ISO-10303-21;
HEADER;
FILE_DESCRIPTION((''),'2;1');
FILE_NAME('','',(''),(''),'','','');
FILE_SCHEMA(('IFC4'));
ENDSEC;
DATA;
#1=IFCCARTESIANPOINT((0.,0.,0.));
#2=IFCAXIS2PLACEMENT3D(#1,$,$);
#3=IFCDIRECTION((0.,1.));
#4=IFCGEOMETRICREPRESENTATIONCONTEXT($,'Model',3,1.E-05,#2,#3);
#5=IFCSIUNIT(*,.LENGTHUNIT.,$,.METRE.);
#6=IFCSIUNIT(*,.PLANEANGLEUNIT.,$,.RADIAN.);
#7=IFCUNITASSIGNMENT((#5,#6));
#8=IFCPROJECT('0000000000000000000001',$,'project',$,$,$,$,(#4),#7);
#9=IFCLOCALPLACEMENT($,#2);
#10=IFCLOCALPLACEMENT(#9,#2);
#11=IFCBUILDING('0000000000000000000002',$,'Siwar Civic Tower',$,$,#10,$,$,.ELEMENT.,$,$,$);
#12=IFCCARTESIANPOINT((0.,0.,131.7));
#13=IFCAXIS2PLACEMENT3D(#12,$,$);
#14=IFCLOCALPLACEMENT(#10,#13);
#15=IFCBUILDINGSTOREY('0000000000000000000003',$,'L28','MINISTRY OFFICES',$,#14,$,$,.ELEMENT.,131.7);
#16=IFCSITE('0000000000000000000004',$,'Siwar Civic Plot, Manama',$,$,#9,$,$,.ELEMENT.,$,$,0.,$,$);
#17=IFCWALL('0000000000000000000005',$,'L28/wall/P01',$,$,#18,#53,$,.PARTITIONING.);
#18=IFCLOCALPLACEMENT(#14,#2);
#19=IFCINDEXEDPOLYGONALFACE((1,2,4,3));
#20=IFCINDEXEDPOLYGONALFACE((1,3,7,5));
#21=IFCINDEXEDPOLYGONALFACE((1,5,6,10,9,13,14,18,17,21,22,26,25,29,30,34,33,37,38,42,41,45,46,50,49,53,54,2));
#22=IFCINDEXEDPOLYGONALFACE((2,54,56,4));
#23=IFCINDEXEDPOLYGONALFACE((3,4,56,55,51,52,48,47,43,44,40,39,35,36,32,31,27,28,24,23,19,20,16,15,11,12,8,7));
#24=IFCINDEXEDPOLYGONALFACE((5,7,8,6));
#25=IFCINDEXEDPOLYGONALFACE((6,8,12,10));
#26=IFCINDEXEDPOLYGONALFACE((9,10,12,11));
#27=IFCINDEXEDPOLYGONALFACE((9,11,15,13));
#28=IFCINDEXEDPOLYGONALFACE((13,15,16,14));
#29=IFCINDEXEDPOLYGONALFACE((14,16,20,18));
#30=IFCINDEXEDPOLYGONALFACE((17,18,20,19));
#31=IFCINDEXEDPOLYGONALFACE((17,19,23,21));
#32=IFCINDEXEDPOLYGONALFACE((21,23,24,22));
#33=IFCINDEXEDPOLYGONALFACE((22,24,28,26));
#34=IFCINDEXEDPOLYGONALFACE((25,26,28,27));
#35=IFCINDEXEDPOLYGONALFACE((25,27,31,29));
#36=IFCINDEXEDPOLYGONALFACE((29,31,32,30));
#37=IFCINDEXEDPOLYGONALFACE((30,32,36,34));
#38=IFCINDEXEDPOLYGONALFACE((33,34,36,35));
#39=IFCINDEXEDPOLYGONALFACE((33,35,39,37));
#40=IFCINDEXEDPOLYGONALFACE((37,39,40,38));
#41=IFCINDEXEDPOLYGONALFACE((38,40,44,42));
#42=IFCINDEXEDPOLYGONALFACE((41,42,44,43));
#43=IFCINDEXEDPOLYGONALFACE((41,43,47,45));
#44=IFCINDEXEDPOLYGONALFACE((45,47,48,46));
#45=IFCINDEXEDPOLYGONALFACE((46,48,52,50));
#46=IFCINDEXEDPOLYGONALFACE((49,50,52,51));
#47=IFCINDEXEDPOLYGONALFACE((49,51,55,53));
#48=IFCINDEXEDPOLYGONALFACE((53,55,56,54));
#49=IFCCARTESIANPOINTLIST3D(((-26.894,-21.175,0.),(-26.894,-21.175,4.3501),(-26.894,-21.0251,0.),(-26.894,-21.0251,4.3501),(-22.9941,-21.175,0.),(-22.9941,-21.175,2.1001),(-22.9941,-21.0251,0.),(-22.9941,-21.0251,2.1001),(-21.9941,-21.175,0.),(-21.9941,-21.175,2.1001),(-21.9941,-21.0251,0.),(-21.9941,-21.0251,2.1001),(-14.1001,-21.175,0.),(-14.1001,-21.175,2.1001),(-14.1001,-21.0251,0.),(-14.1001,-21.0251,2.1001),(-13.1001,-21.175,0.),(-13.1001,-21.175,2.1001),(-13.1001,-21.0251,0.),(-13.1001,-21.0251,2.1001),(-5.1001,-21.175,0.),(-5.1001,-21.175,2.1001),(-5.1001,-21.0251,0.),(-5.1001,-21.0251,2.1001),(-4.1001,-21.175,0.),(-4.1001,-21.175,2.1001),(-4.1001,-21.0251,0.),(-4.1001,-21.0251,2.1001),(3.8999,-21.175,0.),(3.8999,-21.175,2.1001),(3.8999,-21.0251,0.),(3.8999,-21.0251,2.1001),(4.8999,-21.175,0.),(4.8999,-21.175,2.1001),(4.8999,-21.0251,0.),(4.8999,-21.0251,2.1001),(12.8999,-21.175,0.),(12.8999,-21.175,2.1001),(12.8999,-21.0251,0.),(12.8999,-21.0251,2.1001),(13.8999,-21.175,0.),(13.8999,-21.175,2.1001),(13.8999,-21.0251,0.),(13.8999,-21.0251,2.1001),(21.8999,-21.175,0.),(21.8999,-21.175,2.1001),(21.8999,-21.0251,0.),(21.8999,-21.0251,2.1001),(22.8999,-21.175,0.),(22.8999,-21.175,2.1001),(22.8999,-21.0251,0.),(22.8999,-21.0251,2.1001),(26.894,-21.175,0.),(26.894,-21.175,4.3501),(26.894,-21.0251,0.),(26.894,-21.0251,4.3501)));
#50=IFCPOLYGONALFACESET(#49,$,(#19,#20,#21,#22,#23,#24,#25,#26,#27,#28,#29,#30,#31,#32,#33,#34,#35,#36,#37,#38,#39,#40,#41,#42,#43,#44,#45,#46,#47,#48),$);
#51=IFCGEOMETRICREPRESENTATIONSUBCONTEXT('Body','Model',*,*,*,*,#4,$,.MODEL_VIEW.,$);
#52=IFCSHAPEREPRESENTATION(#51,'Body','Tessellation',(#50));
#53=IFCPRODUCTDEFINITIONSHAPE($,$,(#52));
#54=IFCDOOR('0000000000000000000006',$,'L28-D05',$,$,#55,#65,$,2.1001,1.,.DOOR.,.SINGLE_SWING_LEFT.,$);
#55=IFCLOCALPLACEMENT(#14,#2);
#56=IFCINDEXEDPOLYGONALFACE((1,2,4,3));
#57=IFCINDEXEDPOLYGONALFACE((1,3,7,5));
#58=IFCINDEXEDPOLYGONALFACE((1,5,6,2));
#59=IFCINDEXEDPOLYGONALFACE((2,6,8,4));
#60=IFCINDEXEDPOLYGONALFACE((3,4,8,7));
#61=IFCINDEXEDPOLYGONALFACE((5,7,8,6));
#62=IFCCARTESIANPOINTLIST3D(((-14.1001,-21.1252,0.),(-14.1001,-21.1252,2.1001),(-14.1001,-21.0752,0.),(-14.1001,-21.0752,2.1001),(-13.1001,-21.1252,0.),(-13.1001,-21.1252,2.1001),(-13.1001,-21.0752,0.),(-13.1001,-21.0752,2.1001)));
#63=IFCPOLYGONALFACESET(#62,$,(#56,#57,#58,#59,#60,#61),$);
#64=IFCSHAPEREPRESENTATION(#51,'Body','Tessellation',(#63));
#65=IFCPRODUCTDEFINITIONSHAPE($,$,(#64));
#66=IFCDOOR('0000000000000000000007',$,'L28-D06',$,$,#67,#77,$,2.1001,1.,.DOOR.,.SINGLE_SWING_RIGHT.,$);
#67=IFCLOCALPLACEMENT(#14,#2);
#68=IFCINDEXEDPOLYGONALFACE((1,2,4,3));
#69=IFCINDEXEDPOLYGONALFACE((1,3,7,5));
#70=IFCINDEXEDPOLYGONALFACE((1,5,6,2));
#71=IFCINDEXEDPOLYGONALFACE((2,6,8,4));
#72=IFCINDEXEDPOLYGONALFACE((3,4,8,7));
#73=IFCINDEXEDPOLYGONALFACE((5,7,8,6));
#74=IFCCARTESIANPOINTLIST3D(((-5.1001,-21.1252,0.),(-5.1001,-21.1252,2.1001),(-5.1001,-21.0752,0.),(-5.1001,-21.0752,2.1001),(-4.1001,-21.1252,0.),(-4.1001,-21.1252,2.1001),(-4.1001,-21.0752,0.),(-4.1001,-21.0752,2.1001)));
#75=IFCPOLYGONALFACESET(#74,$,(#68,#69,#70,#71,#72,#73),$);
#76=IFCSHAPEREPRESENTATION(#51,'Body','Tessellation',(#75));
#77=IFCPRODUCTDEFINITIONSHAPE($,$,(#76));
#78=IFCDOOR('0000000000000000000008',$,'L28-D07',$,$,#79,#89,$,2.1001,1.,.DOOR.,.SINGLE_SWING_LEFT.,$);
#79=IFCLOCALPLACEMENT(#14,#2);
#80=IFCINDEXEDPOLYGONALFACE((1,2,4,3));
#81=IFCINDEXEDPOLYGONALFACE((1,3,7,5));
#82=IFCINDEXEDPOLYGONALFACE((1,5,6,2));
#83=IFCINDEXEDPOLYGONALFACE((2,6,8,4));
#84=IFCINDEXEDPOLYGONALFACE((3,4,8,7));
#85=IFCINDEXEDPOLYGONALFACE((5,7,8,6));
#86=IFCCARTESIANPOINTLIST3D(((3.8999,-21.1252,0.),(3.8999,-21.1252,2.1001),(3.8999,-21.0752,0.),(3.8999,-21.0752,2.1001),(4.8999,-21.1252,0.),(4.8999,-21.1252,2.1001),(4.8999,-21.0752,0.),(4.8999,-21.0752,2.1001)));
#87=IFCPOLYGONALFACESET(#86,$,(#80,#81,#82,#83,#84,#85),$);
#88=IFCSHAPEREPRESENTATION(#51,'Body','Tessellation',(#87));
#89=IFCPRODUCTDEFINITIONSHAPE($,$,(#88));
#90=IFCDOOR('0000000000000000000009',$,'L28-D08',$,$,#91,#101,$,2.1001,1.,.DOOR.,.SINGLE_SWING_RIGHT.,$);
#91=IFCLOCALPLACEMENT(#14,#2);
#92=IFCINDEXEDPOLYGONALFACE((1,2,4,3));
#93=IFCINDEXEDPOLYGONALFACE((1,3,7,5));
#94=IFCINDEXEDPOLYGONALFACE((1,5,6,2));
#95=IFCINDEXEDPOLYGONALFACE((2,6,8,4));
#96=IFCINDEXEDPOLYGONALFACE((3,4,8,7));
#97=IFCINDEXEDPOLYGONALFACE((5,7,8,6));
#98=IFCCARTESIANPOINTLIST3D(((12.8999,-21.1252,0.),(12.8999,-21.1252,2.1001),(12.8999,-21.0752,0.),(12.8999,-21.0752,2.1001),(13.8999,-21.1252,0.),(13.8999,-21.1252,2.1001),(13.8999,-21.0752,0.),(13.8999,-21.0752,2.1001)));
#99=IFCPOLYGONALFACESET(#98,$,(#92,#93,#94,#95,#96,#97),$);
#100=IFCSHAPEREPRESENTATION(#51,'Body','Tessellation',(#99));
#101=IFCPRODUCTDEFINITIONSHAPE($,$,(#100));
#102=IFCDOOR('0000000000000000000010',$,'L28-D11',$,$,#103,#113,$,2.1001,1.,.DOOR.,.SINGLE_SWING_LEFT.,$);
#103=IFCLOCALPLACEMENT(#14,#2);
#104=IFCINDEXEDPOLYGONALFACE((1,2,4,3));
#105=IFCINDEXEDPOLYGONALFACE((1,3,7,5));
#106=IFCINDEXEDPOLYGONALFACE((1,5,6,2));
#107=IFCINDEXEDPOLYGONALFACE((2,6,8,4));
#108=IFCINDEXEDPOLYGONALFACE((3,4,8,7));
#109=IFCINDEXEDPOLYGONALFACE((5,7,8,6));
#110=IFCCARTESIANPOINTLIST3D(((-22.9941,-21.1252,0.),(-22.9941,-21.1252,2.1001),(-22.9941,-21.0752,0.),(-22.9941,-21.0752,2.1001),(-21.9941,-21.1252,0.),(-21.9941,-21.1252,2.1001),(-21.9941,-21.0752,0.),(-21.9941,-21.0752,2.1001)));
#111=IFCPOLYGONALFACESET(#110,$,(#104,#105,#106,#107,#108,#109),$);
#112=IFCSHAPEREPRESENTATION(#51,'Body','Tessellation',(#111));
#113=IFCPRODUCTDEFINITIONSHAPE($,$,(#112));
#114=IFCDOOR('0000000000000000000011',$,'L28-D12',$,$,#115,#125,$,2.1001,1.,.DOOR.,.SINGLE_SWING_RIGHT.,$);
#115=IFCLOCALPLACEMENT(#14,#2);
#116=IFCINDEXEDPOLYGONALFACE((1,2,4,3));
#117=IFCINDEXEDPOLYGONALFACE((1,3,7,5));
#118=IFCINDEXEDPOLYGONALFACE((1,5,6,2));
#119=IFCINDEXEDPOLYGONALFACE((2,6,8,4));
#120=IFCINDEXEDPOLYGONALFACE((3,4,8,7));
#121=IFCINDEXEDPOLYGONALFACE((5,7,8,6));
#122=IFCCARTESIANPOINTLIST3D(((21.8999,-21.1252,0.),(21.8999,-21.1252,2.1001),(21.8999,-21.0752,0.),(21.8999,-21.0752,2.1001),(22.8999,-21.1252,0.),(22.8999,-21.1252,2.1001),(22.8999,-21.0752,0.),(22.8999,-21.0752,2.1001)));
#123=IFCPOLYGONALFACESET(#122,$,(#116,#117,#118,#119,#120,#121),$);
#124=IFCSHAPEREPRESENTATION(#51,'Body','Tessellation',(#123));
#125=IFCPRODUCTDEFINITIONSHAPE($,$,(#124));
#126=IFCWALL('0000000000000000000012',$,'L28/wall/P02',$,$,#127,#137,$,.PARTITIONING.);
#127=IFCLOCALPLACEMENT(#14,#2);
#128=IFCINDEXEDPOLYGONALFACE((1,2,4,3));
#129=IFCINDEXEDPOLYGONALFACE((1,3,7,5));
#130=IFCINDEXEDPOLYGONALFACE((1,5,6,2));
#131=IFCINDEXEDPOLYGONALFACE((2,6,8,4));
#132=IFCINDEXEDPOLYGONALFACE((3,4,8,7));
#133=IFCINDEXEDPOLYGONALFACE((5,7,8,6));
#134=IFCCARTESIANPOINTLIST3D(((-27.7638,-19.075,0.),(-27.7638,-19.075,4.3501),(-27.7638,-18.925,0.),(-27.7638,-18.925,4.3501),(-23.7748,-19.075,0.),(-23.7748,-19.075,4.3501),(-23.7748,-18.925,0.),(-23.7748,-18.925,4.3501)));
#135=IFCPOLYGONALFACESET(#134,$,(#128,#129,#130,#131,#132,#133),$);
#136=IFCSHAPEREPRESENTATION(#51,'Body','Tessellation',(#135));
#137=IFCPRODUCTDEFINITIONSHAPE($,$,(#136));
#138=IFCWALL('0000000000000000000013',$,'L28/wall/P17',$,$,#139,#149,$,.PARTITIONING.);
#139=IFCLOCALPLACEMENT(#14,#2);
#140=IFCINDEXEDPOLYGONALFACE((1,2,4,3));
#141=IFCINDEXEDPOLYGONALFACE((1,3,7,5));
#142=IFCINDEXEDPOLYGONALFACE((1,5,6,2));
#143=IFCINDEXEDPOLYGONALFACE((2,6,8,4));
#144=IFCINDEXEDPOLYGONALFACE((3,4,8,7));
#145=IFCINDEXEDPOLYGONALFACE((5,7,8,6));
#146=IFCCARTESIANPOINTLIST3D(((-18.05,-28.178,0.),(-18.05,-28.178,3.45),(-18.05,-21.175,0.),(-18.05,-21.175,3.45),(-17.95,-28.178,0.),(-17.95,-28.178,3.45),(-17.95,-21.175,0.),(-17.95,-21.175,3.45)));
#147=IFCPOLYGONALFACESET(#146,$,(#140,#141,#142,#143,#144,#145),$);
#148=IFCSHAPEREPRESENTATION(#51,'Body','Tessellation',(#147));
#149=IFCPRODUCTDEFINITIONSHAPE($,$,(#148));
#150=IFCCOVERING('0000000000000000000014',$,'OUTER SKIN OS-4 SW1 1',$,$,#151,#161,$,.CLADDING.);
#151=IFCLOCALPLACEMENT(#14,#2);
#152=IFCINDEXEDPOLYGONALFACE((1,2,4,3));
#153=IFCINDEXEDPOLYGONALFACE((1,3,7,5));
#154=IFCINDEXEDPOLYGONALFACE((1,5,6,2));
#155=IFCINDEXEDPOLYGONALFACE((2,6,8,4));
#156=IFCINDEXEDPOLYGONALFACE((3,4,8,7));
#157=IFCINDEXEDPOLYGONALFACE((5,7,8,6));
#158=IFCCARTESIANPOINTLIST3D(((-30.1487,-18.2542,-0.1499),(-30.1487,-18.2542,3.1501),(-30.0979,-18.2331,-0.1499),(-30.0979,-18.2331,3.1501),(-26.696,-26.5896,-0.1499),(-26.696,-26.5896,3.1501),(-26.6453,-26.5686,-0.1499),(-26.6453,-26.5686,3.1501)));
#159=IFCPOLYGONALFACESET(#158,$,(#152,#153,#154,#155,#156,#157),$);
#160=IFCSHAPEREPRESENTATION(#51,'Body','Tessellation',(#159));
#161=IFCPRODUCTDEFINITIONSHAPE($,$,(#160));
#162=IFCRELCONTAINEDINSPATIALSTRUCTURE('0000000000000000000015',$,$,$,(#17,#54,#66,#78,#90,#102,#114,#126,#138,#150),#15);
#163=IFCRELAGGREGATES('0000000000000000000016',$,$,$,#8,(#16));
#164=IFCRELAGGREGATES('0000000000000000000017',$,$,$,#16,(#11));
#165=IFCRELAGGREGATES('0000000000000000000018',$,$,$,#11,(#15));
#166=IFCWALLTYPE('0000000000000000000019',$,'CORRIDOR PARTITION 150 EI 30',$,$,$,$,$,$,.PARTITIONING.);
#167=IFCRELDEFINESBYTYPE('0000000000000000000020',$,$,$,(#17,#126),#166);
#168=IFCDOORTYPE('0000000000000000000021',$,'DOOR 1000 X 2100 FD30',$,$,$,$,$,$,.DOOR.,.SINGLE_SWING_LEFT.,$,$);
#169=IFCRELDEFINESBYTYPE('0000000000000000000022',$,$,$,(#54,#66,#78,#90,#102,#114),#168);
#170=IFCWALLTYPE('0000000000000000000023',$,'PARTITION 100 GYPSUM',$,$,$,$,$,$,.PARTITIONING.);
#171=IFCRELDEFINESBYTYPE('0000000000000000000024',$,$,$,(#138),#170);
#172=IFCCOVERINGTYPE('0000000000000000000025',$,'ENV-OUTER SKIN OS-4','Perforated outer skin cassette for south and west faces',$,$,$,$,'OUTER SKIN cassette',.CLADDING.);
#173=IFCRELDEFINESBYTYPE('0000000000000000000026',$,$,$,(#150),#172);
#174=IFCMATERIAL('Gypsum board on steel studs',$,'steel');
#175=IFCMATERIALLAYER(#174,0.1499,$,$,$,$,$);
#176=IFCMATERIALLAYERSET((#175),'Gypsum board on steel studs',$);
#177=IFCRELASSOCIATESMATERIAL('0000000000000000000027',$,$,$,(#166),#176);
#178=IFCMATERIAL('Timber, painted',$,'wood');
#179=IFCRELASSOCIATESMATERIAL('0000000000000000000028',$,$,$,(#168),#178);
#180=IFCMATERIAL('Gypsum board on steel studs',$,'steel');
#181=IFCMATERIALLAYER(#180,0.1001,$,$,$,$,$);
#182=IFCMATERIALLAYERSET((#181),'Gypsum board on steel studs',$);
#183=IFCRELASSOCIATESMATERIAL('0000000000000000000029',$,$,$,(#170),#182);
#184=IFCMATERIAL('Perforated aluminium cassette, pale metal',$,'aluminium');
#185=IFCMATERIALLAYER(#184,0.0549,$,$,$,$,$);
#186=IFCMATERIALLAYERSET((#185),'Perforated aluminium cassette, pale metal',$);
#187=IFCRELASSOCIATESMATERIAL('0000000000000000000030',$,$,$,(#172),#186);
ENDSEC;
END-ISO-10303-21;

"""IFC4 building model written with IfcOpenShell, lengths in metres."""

from ifc_helpers import new_model, si_unit, direction, frame, frame_2d, origin, origin_2d, place, context, subcontext, project, spatial, rectangle, extrude, material, layer, layer_set, type_object, element, fill, save


model = new_model("IFC4")

# Units and contexts
model_context = context("Model", 3, precision=1e-05, world=origin(), true_north=direction((0.0, 1.0)))
body_context = subcontext(model_context, "Body", "Model", "MODEL_VIEW")
ifc_project = project(units=[si_unit("LENGTHUNIT", "METRE"), si_unit("PLANEANGLEUNIT", "RADIAN")], contexts=[model_context])

# Site, building, storey
site_placement = place(None, origin())
site = spatial("IfcSite", under=ifc_project, at=site_placement, Name="Siwar Civic Plot, Manama", CompositionType="ELEMENT", RefElevation=0.0)
building_placement = place(site_placement, origin())
building = spatial("IfcBuilding", under=site, at=building_placement, Name="Siwar Civic Tower", CompositionType="ELEMENT")
storey_placement = place(building_placement, frame((0.0, 0.0, 131.7)))
storey = spatial("IfcBuildingStorey", under=building, at=storey_placement, Name="L28", Description="MINISTRY OFFICES", CompositionType="ELEMENT", Elevation=131.7)

# Wall, openings, doors
ifc_material_1 = material(Name="Gypsum board on steel studs", Category="steel")
ifc_layer_1 = layer(ifc_material_1, 0.1499)
ifc_layer_set_1 = layer_set([ifc_layer_1], Name="Gypsum board on steel studs")
wall_type_1 = type_object("IfcWallType", Name="CORRIDOR PARTITION 150 EI 30", PredefinedType="PARTITIONING", material=ifc_layer_set_1)
wall_1_placement = place(storey_placement, frame((-26.894, -21.1001, 0.0), z_axis=(0.0, 0.0, 1.0), x_axis=(1.0, 0.0, 0.0)))
wall_1 = element("IfcWall", 1, at=wall_1_placement, inside=storey, type_object=wall_type_1, Name="L28/wall/P01", PredefinedType="PARTITIONING", context=body_context, shape_type="SweptSolid", body=[
    extrude(rectangle(XDim=53.7881, YDim=0.1499, at=frame_2d((26.894, 0.0))), origin(), (0.0, 0.0, 1.0), 4.3501),
])
opening_1_placement = place(wall_1_placement, frame((12.7939, 0.0, 0.0)))
opening_1 = element("IfcOpeningElement", 2, at=opening_1_placement, cuts=wall_1, PredefinedType="OPENING", context=body_context, shape_type="SweptSolid", body=[
    extrude(rectangle(XDim=1.0, YDim=2.1001, at=frame_2d((0.5, 1.05))), frame((0.0, 0.085, 0.0), z_axis=(0.0, -1.0, 0.0), x_axis=(1.0, 0.0, 0.0)), (0.0, 0.0, 1.0), 0.1699),
])
opening_2_placement = place(wall_1_placement, frame((21.7939, 0.0, 0.0)))
opening_2 = element("IfcOpeningElement", 3, at=opening_2_placement, cuts=wall_1, PredefinedType="OPENING", context=body_context, shape_type="SweptSolid", body=[
    extrude(rectangle(XDim=1.0, YDim=2.1001, at=frame_2d((0.5, 1.05))), frame((0.0, 0.085, 0.0), z_axis=(0.0, -1.0, 0.0), x_axis=(1.0, 0.0, 0.0)), (0.0, 0.0, 1.0), 0.1699),
])
opening_3_placement = place(wall_1_placement, frame((30.7939, 0.0, 0.0)))
opening_3 = element("IfcOpeningElement", 4, at=opening_3_placement, cuts=wall_1, PredefinedType="OPENING", context=body_context, shape_type="SweptSolid", body=[
    extrude(rectangle(XDim=1.0, YDim=2.1001, at=frame_2d((0.5, 1.05))), frame((0.0, 0.085, 0.0), z_axis=(0.0, -1.0, 0.0), x_axis=(1.0, 0.0, 0.0)), (0.0, 0.0, 1.0), 0.1699),
])
opening_4_placement = place(wall_1_placement, frame((39.7939, 0.0, 0.0)))
opening_4 = element("IfcOpeningElement", 5, at=opening_4_placement, cuts=wall_1, PredefinedType="OPENING", context=body_context, shape_type="SweptSolid", body=[
    extrude(rectangle(XDim=1.0, YDim=2.1001, at=frame_2d((0.5, 1.05))), frame((0.0, 0.085, 0.0), z_axis=(0.0, -1.0, 0.0), x_axis=(1.0, 0.0, 0.0)), (0.0, 0.0, 1.0), 0.1699),
])
opening_5_placement = place(wall_1_placement, frame((3.8999, 0.0, 0.0)))
opening_5 = element("IfcOpeningElement", 6, at=opening_5_placement, cuts=wall_1, PredefinedType="OPENING", context=body_context, shape_type="SweptSolid", body=[
    extrude(rectangle(XDim=1.0, YDim=2.1001, at=frame_2d((0.5, 1.05))), frame((0.0, 0.085, 0.0), z_axis=(0.0, -1.0, 0.0), x_axis=(1.0, 0.0, 0.0)), (0.0, 0.0, 1.0), 0.1699),
])
opening_6_placement = place(wall_1_placement, frame((48.7939, 0.0, 0.0)))
opening_6 = element("IfcOpeningElement", 7, at=opening_6_placement, cuts=wall_1, PredefinedType="OPENING", context=body_context, shape_type="SweptSolid", body=[
    extrude(rectangle(XDim=1.0, YDim=2.1001, at=frame_2d((0.5, 1.05))), frame((0.0, 0.085, 0.0), z_axis=(0.0, -1.0, 0.0), x_axis=(1.0, 0.0, 0.0)), (0.0, 0.0, 1.0), 0.1699),
])
ifc_material_2 = material(Name="Timber, painted", Category="wood")
door_type = type_object("IfcDoorType", Name="DOOR 1000 X 2100 FD30", OperationType="SINGLE_SWING_LEFT", PredefinedType="DOOR", material=ifc_material_2)
door_1_placement = place(opening_1_placement, origin())
door_1 = element("IfcDoor", 8, at=door_1_placement, inside=storey, type_object=door_type, Name="L28-D05", OperationType="SINGLE_SWING_LEFT", OverallHeight=2.1001, OverallWidth=1.0, PredefinedType="DOOR", context=body_context, shape_type="SweptSolid", body=[
    extrude(rectangle(XDim=1.0, YDim=2.1001, at=frame_2d((0.5, 1.05))), frame((0.0, 0.0249, 0.0), z_axis=(0.0, -1.0, 0.0), x_axis=(1.0, 0.0, 0.0)), (0.0, 0.0, 1.0), 0.05),
])
fill(opening_1, door_1)
door_2_placement = place(opening_2_placement, origin())
door_2 = element("IfcDoor", 9, at=door_2_placement, inside=storey, type_object=door_type, Name="L28-D06", OperationType="SINGLE_SWING_RIGHT", OverallHeight=2.1001, OverallWidth=1.0, PredefinedType="DOOR", context=body_context, shape_type="SweptSolid", body=[
    extrude(rectangle(XDim=1.0, YDim=2.1001, at=frame_2d((0.5, 1.05))), frame((0.0, 0.0249, 0.0), z_axis=(0.0, -1.0, 0.0), x_axis=(1.0, 0.0, 0.0)), (0.0, 0.0, 1.0), 0.05),
])
fill(opening_2, door_2)
door_3_placement = place(opening_3_placement, origin())
door_3 = element("IfcDoor", 10, at=door_3_placement, inside=storey, type_object=door_type, Name="L28-D07", OperationType="SINGLE_SWING_LEFT", OverallHeight=2.1001, OverallWidth=1.0, PredefinedType="DOOR", context=body_context, shape_type="SweptSolid", body=[
    extrude(rectangle(XDim=1.0, YDim=2.1001, at=frame_2d((0.5, 1.05))), frame((0.0, 0.0249, 0.0), z_axis=(0.0, -1.0, 0.0), x_axis=(1.0, 0.0, 0.0)), (0.0, 0.0, 1.0), 0.05),
])
fill(opening_3, door_3)
door_4_placement = place(opening_4_placement, origin())
door_4 = element("IfcDoor", 11, at=door_4_placement, inside=storey, type_object=door_type, Name="L28-D08", OperationType="SINGLE_SWING_RIGHT", OverallHeight=2.1001, OverallWidth=1.0, PredefinedType="DOOR", context=body_context, shape_type="SweptSolid", body=[
    extrude(rectangle(XDim=1.0, YDim=2.1001, at=frame_2d((0.5, 1.05))), frame((0.0, 0.0249, 0.0), z_axis=(0.0, -1.0, 0.0), x_axis=(1.0, 0.0, 0.0)), (0.0, 0.0, 1.0), 0.05),
])
fill(opening_4, door_4)
door_5_placement = place(opening_5_placement, origin())
door_5 = element("IfcDoor", 12, at=door_5_placement, inside=storey, type_object=door_type, Name="L28-D11", OperationType="SINGLE_SWING_LEFT", OverallHeight=2.1001, OverallWidth=1.0, PredefinedType="DOOR", context=body_context, shape_type="SweptSolid", body=[
    extrude(rectangle(XDim=1.0, YDim=2.1001, at=frame_2d((0.5, 1.05))), frame((0.0, 0.0249, 0.0), z_axis=(0.0, -1.0, 0.0), x_axis=(1.0, 0.0, 0.0)), (0.0, 0.0, 1.0), 0.05),
])
fill(opening_5, door_5)
door_6_placement = place(opening_6_placement, origin())
door_6 = element("IfcDoor", 13, at=door_6_placement, inside=storey, type_object=door_type, Name="L28-D12", OperationType="SINGLE_SWING_RIGHT", OverallHeight=2.1001, OverallWidth=1.0, PredefinedType="DOOR", context=body_context, shape_type="SweptSolid", body=[
    extrude(rectangle(XDim=1.0, YDim=2.1001, at=frame_2d((0.5, 1.05))), frame((0.0, 0.0249, 0.0), z_axis=(0.0, -1.0, 0.0), x_axis=(1.0, 0.0, 0.0)), (0.0, 0.0, 1.0), 0.05),
])
fill(opening_6, door_6)

# Walls
wall_2_placement = place(storey_placement, frame((-27.7639, -19.0, 0.0), z_axis=(0.0, 0.0, 1.0), x_axis=(1.0, 0.0, 0.0)))
element("IfcWall", 14, at=wall_2_placement, inside=storey, type_object=wall_type_1, Name="L28/wall/P02", PredefinedType="PARTITIONING", context=body_context, shape_type="SweptSolid", body=[
    extrude(rectangle(XDim=3.989, YDim=0.1499, at=frame_2d((1.9946, 0.0))), origin(), (0.0, 0.0, 1.0), 4.3501),
])
ifc_material_3 = material(Name="Gypsum board on steel studs", Category="steel")
ifc_layer_2 = layer(ifc_material_3, 0.1001)
ifc_layer_set_2 = layer_set([ifc_layer_2], Name="Gypsum board on steel studs")
wall_type_2 = type_object("IfcWallType", Name="PARTITION 100 GYPSUM", PredefinedType="PARTITIONING", material=ifc_layer_set_2)
wall_3_placement = place(storey_placement, frame((-18.0, -28.178, 0.0), z_axis=(0.0, 0.0, 1.0), x_axis=(0.0, 1.0, 0.0)))
element("IfcWall", 15, at=wall_3_placement, inside=storey, type_object=wall_type_2, Name="L28/wall/P17", PredefinedType="PARTITIONING", context=body_context, shape_type="SweptSolid", body=[
    extrude(rectangle(XDim=7.0029, YDim=0.1001, at=frame_2d((3.5015, 0.0))), origin(), (0.0, 0.0, 1.0), 3.45),
])

# Covering
ifc_material_4 = material(Name="Perforated aluminium cassette, pale metal", Category="aluminium")
ifc_layer_3 = layer(ifc_material_4, 0.0549)
ifc_layer_set_3 = layer_set([ifc_layer_3], Name="Perforated aluminium cassette, pale metal")
covering_type = type_object("IfcCoveringType", Name="ENV-OUTER SKIN OS-4", Description="Perforated outer skin cassette for south and west faces", ElementType="OUTER SKIN cassette", PredefinedType="CLADDING", material=ifc_layer_set_3)
for number, where, z_axis, x_axis, name in (
    (16, (-28.397, -22.4114, -0.1499), (0.0, 0.0, 1.0), (0.382683, -0.92388, 0.0), "OUTER SKIN OS-4 SW1 1"),
):
    element("IfcCovering", number, at=place(storey_placement, frame(where, z_axis=z_axis, x_axis=x_axis)), inside=storey, type_object=covering_type, Name=name, PredefinedType="CLADDING", context=body_context, shape_type="SweptSolid", body=[
        extrude(rectangle(XDim=9.0222, YDim=0.0549, at=origin_2d()), origin(), (0.0, 0.0, 1.0), 3.3),
    ])

save(model, "model.ifc")
